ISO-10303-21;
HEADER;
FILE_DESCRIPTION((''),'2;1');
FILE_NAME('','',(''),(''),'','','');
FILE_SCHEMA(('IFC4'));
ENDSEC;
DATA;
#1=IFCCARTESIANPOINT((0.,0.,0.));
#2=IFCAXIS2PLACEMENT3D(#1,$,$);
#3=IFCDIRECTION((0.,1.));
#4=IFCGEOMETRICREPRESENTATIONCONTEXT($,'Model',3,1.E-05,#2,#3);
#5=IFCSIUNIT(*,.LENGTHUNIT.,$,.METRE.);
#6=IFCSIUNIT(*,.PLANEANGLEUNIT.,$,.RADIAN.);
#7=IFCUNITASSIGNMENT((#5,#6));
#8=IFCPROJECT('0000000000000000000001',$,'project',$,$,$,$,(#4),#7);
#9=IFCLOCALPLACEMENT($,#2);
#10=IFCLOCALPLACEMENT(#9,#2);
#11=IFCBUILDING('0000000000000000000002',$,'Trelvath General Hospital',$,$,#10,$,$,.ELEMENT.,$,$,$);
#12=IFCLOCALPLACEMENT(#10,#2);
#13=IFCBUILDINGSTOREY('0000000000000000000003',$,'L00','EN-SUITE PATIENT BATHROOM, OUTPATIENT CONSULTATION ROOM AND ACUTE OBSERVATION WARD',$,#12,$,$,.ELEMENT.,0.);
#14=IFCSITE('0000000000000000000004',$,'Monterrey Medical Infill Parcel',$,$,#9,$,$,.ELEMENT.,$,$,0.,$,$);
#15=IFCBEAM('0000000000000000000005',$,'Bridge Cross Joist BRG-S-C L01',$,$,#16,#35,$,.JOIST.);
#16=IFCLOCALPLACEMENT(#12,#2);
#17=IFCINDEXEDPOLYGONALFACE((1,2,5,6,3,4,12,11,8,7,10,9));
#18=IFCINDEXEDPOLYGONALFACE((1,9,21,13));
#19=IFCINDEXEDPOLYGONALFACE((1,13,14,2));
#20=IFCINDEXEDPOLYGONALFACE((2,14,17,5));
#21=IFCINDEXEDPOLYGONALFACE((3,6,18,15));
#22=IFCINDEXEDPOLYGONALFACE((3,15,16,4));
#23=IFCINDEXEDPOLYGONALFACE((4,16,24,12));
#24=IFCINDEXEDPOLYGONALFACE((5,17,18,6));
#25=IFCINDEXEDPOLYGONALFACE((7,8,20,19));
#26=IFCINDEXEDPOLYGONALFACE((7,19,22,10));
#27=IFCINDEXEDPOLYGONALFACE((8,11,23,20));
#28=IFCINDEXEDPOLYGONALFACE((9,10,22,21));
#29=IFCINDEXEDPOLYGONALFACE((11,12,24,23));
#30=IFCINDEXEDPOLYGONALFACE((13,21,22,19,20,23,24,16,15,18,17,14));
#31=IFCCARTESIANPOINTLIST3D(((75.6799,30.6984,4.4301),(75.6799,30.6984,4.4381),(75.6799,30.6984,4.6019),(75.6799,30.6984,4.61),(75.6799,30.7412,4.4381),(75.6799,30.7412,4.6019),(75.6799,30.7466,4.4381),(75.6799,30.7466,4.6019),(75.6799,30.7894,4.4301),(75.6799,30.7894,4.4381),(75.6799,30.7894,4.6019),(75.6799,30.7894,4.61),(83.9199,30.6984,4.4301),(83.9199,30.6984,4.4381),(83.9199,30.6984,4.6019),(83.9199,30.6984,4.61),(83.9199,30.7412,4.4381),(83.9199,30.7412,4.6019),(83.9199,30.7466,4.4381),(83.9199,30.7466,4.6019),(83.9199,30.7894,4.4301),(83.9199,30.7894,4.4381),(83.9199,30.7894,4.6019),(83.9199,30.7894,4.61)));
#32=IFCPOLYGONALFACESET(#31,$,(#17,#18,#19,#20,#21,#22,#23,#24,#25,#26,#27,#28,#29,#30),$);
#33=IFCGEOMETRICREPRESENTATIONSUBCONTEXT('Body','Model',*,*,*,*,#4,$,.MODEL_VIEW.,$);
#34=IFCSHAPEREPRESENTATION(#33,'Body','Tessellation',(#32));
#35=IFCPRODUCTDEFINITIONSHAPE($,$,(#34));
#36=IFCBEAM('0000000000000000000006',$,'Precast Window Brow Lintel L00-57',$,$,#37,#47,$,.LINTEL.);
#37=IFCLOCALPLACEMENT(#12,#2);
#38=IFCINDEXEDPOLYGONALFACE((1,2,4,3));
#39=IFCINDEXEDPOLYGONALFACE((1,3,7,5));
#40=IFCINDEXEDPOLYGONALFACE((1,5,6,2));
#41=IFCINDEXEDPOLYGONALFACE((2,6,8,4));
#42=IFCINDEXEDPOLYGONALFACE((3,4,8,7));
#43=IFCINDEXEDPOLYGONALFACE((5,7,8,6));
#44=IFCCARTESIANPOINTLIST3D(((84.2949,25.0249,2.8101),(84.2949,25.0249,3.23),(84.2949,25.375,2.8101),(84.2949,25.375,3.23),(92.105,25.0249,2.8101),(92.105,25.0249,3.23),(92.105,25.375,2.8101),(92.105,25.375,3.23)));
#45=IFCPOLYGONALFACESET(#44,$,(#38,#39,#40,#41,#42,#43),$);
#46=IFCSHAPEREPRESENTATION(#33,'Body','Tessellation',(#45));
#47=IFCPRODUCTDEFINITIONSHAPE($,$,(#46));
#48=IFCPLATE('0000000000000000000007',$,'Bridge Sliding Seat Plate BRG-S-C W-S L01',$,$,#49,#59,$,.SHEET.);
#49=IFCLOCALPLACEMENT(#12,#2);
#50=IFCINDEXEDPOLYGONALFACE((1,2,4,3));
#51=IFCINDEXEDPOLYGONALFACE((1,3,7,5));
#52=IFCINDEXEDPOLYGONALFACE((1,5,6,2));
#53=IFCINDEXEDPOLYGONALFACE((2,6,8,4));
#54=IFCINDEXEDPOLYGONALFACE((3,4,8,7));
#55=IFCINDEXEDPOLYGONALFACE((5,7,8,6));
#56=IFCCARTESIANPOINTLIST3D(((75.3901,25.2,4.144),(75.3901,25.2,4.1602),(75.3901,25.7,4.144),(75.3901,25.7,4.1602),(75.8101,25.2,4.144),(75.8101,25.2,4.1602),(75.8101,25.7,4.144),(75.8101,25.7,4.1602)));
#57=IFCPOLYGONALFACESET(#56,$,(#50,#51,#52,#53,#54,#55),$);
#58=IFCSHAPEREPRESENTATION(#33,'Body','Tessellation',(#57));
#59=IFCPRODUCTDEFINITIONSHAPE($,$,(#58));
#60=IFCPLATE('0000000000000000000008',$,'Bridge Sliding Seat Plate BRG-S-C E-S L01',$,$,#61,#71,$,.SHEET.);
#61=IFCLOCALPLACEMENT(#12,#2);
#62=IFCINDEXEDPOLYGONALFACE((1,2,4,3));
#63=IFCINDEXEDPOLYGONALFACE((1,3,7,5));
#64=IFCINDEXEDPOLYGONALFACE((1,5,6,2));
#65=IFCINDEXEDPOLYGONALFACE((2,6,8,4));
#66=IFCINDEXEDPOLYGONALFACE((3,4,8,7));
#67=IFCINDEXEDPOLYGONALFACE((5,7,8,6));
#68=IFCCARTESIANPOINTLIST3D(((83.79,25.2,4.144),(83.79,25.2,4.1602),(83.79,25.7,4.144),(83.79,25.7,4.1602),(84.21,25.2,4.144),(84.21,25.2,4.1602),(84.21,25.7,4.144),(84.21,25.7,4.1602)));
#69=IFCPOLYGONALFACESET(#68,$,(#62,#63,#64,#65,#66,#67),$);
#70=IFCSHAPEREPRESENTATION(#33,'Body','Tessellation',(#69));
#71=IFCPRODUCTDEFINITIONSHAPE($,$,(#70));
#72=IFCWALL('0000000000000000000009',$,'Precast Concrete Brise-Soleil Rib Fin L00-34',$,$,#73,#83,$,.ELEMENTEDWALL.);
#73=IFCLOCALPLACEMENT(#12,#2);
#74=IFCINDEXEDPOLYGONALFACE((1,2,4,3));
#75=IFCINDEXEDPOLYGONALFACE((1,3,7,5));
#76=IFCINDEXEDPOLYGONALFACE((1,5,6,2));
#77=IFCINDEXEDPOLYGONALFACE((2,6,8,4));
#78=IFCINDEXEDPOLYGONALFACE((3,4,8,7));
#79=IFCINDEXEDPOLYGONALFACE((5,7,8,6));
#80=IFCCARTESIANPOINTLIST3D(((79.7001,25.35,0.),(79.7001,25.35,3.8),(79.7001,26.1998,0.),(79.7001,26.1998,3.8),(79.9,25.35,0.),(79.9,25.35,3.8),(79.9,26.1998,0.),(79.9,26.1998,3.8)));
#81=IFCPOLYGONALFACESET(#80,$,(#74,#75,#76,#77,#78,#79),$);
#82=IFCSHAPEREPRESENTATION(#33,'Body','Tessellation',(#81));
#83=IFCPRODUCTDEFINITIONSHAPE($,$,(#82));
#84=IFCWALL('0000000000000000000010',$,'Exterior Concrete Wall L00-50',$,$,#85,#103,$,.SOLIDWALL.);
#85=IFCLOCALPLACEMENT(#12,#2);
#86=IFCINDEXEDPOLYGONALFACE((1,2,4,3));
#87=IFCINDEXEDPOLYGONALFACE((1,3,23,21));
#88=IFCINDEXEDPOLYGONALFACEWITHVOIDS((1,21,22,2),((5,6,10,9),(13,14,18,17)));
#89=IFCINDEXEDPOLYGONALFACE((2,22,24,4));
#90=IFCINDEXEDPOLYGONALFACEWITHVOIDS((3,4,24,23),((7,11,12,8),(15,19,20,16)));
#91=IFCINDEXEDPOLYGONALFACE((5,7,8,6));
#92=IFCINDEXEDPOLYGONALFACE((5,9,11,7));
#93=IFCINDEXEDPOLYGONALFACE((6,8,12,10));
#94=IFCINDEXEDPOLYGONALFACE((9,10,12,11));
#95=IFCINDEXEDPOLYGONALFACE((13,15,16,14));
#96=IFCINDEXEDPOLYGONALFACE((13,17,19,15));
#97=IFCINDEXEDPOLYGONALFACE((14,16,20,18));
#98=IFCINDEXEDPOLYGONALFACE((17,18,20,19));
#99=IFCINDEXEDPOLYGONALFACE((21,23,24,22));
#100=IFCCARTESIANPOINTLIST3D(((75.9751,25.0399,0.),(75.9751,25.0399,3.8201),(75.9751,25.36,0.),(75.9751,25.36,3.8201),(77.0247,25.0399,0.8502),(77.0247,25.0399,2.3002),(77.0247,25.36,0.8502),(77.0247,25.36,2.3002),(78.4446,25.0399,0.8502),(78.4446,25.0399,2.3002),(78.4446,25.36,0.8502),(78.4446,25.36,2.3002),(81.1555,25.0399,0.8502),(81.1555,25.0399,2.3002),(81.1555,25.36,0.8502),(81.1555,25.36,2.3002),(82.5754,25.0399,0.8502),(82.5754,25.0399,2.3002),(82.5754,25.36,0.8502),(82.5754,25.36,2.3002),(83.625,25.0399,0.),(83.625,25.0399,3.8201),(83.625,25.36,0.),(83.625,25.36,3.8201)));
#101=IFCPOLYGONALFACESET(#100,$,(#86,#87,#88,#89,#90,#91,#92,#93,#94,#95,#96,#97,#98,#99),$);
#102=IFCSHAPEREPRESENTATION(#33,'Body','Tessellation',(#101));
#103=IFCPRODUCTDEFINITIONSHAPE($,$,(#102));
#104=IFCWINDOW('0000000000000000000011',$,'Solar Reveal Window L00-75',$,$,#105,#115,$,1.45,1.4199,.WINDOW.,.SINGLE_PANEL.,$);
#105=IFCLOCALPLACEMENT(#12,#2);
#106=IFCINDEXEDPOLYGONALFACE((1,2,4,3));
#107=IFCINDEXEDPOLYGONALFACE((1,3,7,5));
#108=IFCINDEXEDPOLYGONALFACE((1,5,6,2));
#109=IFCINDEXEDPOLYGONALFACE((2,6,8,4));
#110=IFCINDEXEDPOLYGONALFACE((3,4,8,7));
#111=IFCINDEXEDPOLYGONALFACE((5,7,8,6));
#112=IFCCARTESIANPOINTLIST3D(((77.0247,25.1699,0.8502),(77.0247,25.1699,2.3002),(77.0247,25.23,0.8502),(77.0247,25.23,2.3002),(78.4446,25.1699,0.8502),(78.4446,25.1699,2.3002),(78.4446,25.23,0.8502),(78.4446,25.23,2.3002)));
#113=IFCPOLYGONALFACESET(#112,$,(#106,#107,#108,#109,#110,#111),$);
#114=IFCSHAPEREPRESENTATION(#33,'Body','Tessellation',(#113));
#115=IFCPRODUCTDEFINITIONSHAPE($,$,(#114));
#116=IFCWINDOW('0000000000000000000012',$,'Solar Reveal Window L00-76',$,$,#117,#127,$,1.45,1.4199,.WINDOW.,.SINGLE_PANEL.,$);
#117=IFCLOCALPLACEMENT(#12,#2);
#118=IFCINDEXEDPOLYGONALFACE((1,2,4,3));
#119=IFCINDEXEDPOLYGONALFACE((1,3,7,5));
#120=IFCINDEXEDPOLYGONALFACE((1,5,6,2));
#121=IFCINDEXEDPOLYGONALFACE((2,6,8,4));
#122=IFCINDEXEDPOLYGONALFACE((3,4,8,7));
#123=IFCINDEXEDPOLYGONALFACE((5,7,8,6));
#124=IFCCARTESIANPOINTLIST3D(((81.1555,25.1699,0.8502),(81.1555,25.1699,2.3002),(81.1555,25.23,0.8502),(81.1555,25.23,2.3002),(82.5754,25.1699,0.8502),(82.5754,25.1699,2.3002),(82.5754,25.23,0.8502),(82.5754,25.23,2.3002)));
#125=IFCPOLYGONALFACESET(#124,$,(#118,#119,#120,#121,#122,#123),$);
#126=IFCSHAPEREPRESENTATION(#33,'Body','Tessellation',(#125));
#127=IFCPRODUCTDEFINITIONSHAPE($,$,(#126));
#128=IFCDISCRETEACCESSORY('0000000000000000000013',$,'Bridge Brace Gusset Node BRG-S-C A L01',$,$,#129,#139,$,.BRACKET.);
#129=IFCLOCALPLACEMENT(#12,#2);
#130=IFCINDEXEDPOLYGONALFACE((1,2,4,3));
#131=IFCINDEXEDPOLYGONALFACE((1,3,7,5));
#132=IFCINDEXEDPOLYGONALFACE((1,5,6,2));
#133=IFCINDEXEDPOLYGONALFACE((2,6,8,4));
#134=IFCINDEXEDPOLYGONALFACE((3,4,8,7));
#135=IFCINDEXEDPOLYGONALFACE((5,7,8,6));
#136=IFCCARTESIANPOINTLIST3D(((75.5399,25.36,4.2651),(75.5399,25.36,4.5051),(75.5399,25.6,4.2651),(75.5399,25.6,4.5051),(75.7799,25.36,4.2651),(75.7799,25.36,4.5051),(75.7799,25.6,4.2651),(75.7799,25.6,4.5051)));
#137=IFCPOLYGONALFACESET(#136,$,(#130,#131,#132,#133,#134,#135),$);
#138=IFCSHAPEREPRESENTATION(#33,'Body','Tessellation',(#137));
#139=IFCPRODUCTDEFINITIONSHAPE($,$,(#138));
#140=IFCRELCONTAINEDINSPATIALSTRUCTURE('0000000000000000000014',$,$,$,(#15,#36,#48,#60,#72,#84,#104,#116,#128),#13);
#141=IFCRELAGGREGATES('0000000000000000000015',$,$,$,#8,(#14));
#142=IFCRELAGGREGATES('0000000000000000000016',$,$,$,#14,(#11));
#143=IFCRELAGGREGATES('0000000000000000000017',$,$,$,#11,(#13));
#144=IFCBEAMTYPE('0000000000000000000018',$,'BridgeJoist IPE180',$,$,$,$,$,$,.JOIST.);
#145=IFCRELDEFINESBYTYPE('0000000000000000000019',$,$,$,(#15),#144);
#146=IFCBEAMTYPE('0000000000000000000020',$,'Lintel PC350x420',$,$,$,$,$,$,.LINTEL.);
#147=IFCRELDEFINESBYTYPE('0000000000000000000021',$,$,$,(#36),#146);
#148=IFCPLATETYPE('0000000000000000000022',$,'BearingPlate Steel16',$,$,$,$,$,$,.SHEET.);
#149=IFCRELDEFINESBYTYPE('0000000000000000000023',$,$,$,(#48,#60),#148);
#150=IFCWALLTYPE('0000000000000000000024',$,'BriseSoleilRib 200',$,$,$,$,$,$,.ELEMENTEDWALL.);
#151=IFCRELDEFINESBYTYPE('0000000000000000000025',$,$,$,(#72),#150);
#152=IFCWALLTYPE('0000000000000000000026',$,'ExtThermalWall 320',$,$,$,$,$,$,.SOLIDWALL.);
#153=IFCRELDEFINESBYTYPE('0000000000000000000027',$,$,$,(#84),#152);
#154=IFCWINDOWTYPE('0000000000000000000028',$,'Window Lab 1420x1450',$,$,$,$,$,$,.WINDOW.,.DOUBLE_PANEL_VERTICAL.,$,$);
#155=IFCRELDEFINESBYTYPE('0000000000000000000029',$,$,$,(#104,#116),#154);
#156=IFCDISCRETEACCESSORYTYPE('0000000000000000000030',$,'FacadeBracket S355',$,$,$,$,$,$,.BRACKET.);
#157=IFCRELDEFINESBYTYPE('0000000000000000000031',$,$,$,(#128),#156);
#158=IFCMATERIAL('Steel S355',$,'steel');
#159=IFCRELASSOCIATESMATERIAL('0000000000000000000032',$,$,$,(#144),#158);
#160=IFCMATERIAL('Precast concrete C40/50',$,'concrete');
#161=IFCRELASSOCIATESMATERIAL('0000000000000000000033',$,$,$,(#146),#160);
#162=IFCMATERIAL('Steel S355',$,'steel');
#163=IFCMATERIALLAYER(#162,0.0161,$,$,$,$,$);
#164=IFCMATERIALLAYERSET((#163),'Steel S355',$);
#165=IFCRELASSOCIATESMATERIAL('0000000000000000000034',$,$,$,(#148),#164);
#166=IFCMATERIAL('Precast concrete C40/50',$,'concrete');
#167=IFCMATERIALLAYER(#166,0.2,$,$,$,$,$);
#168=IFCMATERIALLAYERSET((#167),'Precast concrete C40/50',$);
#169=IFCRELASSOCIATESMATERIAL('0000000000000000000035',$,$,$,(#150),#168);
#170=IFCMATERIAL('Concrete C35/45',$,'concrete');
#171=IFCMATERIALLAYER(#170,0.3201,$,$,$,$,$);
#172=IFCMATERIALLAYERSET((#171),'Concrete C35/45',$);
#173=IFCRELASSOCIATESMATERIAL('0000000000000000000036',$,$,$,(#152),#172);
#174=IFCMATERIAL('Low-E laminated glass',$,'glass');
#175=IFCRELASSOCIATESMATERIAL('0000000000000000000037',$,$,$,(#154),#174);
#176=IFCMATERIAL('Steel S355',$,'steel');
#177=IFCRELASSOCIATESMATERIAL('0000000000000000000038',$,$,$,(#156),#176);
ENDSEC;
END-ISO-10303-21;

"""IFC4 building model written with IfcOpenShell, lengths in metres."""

from ifc_helpers import new_model, si_unit, direction, frame, frame_2d, origin, origin_2d, place, context, subcontext, project, spatial, rectangle, i_section, extrude, material, layer, layer_set, material_profile, profile_set, type_object, element, fill, save


model = new_model("IFC4")

# Units and contexts
model_context = context("Model", 3, precision=1e-05, world=origin(), true_north=direction((0.0, 1.0)))
body_context = subcontext(model_context, "Body", "Model", "MODEL_VIEW")
ifc_project = project(units=[si_unit("LENGTHUNIT", "METRE"), si_unit("PLANEANGLEUNIT", "RADIAN")], contexts=[model_context])

# Site, building, storey
site_placement = place(None, origin())
site = spatial("IfcSite", under=ifc_project, at=site_placement, Name="Monterrey Medical Infill Parcel", CompositionType="ELEMENT", RefElevation=0.0)
building_placement = place(site_placement, origin())
building = spatial("IfcBuilding", under=site, at=building_placement, Name="Trelvath General Hospital", CompositionType="ELEMENT")
storey_placement = place(building_placement, origin())
storey = spatial("IfcBuildingStorey", under=building, at=storey_placement, Name="L00", Description="EN-SUITE PATIENT BATHROOM, OUTPATIENT CONSULTATION ROOM AND ACUTE OBSERVATION WARD", CompositionType="ELEMENT", Elevation=0.0)

# Beams
ifc_material_1 = material(Name="Steel S355", Category="steel")
ifc_material_profile_1 = material_profile(ifc_material_1, i_section(OverallWidth=0.0911, OverallDepth=0.1799, WebThickness=0.0054, FlangeThickness=0.0081, at=origin_2d()), Name="IPE180")
ifc_profile_set_1 = profile_set([ifc_material_profile_1], Name="Steel S355")
beam_type_1 = type_object("IfcBeamType", Name="BridgeJoist IPE180", PredefinedType="JOIST", material=ifc_profile_set_1)
beam_1_placement = place(storey_placement, frame((75.6799, 30.7439, 4.52), z_axis=(1.0, 0.0, 0.0), x_axis=(0.0, 1.0, 0.0)))
element("IfcBeam", 1, at=beam_1_placement, inside=storey, type_object=beam_type_1, Name="Bridge Cross Joist BRG-S-C L01", PredefinedType="JOIST", context=body_context, shape_type="SweptSolid", body=[
    extrude(i_section(OverallWidth=0.0911, OverallDepth=0.1799, WebThickness=0.0054, FlangeThickness=0.0081, at=origin_2d()), origin(), (0.0, 0.0, 1.0), 8.24),
])
ifc_material_2 = material(Name="Precast concrete C40/50", Category="concrete")
ifc_material_profile_2 = material_profile(ifc_material_2, rectangle(XDim=0.3501, YDim=0.4199, at=origin_2d()), Name="PCL350x420")
ifc_profile_set_2 = profile_set([ifc_material_profile_2], Name="Precast concrete C40/50")
beam_type_2 = type_object("IfcBeamType", Name="Lintel PC350x420", PredefinedType="LINTEL", material=ifc_profile_set_2)
beam_2_placement = place(storey_placement, frame((84.2949, 25.2, 3.02), z_axis=(1.0, 0.0, 0.0), x_axis=(0.0, 1.0, 0.0)))
element("IfcBeam", 2, at=beam_2_placement, inside=storey, type_object=beam_type_2, Name="Precast Window Brow Lintel L00-57", PredefinedType="LINTEL", context=body_context, shape_type="SweptSolid", body=[
    extrude(rectangle(XDim=0.3501, YDim=0.4199, at=origin_2d()), origin(), (0.0, 0.0, 1.0), 7.8101),
])

# Plates
ifc_material_3 = material(Name="Steel S355", Category="steel")
ifc_layer_1 = layer(ifc_material_3, 0.0161)
ifc_layer_set_1 = layer_set([ifc_layer_1], Name="Steel S355")
plate_type = type_object("IfcPlateType", Name="BearingPlate Steel16", PredefinedType="SHEET", material=ifc_layer_set_1)
for number, where, z_axis, x_axis, name in (
    (3, (75.6001, 25.45, 4.144), (0.0, 0.0, 1.0), (1.0, 0.0, 0.0), "Bridge Sliding Seat Plate BRG-S-C W-S L01"),
    (4, (84.0, 25.45, 4.144), (0.0, 0.0, 1.0), (1.0, 0.0, 0.0), "Bridge Sliding Seat Plate BRG-S-C E-S L01"),
):
    element("IfcPlate", number, at=place(storey_placement, frame(where, z_axis=z_axis, x_axis=x_axis)), inside=storey, type_object=plate_type, Name=name, PredefinedType="SHEET", context=body_context, shape_type="SweptSolid", body=[
        extrude(rectangle(XDim=0.4199, YDim=0.5, at=origin_2d()), origin(), (0.0, 0.0, 1.0), 0.0161),
    ])

# Wall
ifc_material_4 = material(Name="Precast concrete C40/50", Category="concrete")
ifc_layer_2 = layer(ifc_material_4, 0.2)
ifc_layer_set_2 = layer_set([ifc_layer_2], Name="Precast concrete C40/50")
wall_type_1 = type_object("IfcWallType", Name="BriseSoleilRib 200", PredefinedType="ELEMENTEDWALL", material=ifc_layer_set_2)
wall_1_placement = place(storey_placement, frame((79.8, 25.3501, 0.0), z_axis=(0.0, 0.0, 1.0), x_axis=(0.0, 1.0, 0.0)))
element("IfcWall", 5, at=wall_1_placement, inside=storey, type_object=wall_type_1, Name="Precast Concrete Brise-Soleil Rib Fin L00-34", PredefinedType="ELEMENTEDWALL", context=body_context, shape_type="SweptSolid", body=[
    extrude(rectangle(XDim=0.8499, YDim=0.2, at=frame_2d((0.4248, 0.0))), origin(), (0.0, 0.0, 1.0), 3.8),
])

# Wall, openings, windows
ifc_material_5 = material(Name="Concrete C35/45", Category="concrete")
ifc_layer_3 = layer(ifc_material_5, 0.3201)
ifc_layer_set_3 = layer_set([ifc_layer_3], Name="Concrete C35/45")
wall_type_2 = type_object("IfcWallType", Name="ExtThermalWall 320", PredefinedType="SOLIDWALL", material=ifc_layer_set_3)
wall_2_placement = place(storey_placement, frame((75.9751, 25.2, 0.0), z_axis=(0.0, 0.0, 1.0), x_axis=(1.0, 0.0, 0.0)))
wall_2 = element("IfcWall", 6, at=wall_2_placement, inside=storey, type_object=wall_type_2, Name="Exterior Concrete Wall L00-50", PredefinedType="SOLIDWALL", context=body_context, shape_type="SweptSolid", body=[
    extrude(rectangle(XDim=7.6499, YDim=0.3201, at=frame_2d((3.825, 0.0))), origin(), (0.0, 0.0, 1.0), 3.8201),
])
opening_1_placement = place(wall_2_placement, frame((1.0496, 0.0, 0.8501)))
opening_1 = element("IfcOpeningElement", 7, at=opening_1_placement, cuts=wall_2, PredefinedType="OPENING", context=body_context, shape_type="SweptSolid", body=[
    extrude(rectangle(XDim=1.4199, YDim=1.45, at=frame_2d((0.71, 0.7251))), frame((0.0, 0.1699, 0.0), z_axis=(0.0, -1.0, 0.0), x_axis=(1.0, 0.0, 0.0)), (0.0, 0.0, 1.0), 0.3401),
])
opening_2_placement = place(wall_2_placement, frame((5.1804, 0.0, 0.8501)))
opening_2 = element("IfcOpeningElement", 8, at=opening_2_placement, cuts=wall_2, PredefinedType="OPENING", context=body_context, shape_type="SweptSolid", body=[
    extrude(rectangle(XDim=1.4199, YDim=1.45, at=frame_2d((0.71, 0.7251))), frame((0.0, 0.1699, 0.0), z_axis=(0.0, -1.0, 0.0), x_axis=(1.0, 0.0, 0.0)), (0.0, 0.0, 1.0), 0.3401),
])
ifc_material_6 = material(Name="Low-E laminated glass", Category="glass")
window_type = type_object("IfcWindowType", Name="Window Lab 1420x1450", PartitioningType="DOUBLE_PANEL_VERTICAL", PredefinedType="WINDOW", material=ifc_material_6)
window_1_placement = place(opening_1_placement, origin())
window_1 = element("IfcWindow", 9, at=window_1_placement, inside=storey, type_object=window_type, Name="Solar Reveal Window L00-75", OverallHeight=1.45, OverallWidth=1.4199, PartitioningType="SINGLE_PANEL", PredefinedType="WINDOW", context=body_context, shape_type="SweptSolid", body=[
    extrude(rectangle(XDim=1.4199, YDim=1.45, at=frame_2d((0.71, 0.7251))), frame((0.0, 0.03, 0.0), z_axis=(0.0, -1.0, 0.0), x_axis=(1.0, 0.0, 0.0)), (0.0, 0.0, 1.0), 0.0601),
])
fill(opening_1, window_1)
window_2_placement = place(opening_2_placement, origin())
window_2 = element("IfcWindow", 10, at=window_2_placement, inside=storey, type_object=window_type, Name="Solar Reveal Window L00-76", OverallHeight=1.45, OverallWidth=1.4199, PartitioningType="SINGLE_PANEL", PredefinedType="WINDOW", context=body_context, shape_type="SweptSolid", body=[
    extrude(rectangle(XDim=1.4199, YDim=1.45, at=frame_2d((0.71, 0.7251))), frame((0.0, 0.03, 0.0), z_axis=(0.0, -1.0, 0.0), x_axis=(1.0, 0.0, 0.0)), (0.0, 0.0, 1.0), 0.0601),
])
fill(opening_2, window_2)

# Discrete accessory
ifc_material_7 = material(Name="Steel S355", Category="steel")
discrete_accessory_type = type_object("IfcDiscreteAccessoryType", Name="FacadeBracket S355", PredefinedType="BRACKET", material=ifc_material_7)
discrete_accessory_placement = place(storey_placement, frame((75.6599, 25.48, 4.2651), z_axis=(0.0, 0.0, 1.0), x_axis=(1.0, 0.0, 0.0)))
element("IfcDiscreteAccessory", 11, at=discrete_accessory_placement, inside=storey, type_object=discrete_accessory_type, Name="Bridge Brace Gusset Node BRG-S-C A L01", PredefinedType="BRACKET", context=body_context, shape_type="SweptSolid", body=[
    extrude(rectangle(XDim=0.24, YDim=0.24, at=origin_2d()), origin(), (0.0, 0.0, 1.0), 0.24),
])

save(model, "model.ifc")
